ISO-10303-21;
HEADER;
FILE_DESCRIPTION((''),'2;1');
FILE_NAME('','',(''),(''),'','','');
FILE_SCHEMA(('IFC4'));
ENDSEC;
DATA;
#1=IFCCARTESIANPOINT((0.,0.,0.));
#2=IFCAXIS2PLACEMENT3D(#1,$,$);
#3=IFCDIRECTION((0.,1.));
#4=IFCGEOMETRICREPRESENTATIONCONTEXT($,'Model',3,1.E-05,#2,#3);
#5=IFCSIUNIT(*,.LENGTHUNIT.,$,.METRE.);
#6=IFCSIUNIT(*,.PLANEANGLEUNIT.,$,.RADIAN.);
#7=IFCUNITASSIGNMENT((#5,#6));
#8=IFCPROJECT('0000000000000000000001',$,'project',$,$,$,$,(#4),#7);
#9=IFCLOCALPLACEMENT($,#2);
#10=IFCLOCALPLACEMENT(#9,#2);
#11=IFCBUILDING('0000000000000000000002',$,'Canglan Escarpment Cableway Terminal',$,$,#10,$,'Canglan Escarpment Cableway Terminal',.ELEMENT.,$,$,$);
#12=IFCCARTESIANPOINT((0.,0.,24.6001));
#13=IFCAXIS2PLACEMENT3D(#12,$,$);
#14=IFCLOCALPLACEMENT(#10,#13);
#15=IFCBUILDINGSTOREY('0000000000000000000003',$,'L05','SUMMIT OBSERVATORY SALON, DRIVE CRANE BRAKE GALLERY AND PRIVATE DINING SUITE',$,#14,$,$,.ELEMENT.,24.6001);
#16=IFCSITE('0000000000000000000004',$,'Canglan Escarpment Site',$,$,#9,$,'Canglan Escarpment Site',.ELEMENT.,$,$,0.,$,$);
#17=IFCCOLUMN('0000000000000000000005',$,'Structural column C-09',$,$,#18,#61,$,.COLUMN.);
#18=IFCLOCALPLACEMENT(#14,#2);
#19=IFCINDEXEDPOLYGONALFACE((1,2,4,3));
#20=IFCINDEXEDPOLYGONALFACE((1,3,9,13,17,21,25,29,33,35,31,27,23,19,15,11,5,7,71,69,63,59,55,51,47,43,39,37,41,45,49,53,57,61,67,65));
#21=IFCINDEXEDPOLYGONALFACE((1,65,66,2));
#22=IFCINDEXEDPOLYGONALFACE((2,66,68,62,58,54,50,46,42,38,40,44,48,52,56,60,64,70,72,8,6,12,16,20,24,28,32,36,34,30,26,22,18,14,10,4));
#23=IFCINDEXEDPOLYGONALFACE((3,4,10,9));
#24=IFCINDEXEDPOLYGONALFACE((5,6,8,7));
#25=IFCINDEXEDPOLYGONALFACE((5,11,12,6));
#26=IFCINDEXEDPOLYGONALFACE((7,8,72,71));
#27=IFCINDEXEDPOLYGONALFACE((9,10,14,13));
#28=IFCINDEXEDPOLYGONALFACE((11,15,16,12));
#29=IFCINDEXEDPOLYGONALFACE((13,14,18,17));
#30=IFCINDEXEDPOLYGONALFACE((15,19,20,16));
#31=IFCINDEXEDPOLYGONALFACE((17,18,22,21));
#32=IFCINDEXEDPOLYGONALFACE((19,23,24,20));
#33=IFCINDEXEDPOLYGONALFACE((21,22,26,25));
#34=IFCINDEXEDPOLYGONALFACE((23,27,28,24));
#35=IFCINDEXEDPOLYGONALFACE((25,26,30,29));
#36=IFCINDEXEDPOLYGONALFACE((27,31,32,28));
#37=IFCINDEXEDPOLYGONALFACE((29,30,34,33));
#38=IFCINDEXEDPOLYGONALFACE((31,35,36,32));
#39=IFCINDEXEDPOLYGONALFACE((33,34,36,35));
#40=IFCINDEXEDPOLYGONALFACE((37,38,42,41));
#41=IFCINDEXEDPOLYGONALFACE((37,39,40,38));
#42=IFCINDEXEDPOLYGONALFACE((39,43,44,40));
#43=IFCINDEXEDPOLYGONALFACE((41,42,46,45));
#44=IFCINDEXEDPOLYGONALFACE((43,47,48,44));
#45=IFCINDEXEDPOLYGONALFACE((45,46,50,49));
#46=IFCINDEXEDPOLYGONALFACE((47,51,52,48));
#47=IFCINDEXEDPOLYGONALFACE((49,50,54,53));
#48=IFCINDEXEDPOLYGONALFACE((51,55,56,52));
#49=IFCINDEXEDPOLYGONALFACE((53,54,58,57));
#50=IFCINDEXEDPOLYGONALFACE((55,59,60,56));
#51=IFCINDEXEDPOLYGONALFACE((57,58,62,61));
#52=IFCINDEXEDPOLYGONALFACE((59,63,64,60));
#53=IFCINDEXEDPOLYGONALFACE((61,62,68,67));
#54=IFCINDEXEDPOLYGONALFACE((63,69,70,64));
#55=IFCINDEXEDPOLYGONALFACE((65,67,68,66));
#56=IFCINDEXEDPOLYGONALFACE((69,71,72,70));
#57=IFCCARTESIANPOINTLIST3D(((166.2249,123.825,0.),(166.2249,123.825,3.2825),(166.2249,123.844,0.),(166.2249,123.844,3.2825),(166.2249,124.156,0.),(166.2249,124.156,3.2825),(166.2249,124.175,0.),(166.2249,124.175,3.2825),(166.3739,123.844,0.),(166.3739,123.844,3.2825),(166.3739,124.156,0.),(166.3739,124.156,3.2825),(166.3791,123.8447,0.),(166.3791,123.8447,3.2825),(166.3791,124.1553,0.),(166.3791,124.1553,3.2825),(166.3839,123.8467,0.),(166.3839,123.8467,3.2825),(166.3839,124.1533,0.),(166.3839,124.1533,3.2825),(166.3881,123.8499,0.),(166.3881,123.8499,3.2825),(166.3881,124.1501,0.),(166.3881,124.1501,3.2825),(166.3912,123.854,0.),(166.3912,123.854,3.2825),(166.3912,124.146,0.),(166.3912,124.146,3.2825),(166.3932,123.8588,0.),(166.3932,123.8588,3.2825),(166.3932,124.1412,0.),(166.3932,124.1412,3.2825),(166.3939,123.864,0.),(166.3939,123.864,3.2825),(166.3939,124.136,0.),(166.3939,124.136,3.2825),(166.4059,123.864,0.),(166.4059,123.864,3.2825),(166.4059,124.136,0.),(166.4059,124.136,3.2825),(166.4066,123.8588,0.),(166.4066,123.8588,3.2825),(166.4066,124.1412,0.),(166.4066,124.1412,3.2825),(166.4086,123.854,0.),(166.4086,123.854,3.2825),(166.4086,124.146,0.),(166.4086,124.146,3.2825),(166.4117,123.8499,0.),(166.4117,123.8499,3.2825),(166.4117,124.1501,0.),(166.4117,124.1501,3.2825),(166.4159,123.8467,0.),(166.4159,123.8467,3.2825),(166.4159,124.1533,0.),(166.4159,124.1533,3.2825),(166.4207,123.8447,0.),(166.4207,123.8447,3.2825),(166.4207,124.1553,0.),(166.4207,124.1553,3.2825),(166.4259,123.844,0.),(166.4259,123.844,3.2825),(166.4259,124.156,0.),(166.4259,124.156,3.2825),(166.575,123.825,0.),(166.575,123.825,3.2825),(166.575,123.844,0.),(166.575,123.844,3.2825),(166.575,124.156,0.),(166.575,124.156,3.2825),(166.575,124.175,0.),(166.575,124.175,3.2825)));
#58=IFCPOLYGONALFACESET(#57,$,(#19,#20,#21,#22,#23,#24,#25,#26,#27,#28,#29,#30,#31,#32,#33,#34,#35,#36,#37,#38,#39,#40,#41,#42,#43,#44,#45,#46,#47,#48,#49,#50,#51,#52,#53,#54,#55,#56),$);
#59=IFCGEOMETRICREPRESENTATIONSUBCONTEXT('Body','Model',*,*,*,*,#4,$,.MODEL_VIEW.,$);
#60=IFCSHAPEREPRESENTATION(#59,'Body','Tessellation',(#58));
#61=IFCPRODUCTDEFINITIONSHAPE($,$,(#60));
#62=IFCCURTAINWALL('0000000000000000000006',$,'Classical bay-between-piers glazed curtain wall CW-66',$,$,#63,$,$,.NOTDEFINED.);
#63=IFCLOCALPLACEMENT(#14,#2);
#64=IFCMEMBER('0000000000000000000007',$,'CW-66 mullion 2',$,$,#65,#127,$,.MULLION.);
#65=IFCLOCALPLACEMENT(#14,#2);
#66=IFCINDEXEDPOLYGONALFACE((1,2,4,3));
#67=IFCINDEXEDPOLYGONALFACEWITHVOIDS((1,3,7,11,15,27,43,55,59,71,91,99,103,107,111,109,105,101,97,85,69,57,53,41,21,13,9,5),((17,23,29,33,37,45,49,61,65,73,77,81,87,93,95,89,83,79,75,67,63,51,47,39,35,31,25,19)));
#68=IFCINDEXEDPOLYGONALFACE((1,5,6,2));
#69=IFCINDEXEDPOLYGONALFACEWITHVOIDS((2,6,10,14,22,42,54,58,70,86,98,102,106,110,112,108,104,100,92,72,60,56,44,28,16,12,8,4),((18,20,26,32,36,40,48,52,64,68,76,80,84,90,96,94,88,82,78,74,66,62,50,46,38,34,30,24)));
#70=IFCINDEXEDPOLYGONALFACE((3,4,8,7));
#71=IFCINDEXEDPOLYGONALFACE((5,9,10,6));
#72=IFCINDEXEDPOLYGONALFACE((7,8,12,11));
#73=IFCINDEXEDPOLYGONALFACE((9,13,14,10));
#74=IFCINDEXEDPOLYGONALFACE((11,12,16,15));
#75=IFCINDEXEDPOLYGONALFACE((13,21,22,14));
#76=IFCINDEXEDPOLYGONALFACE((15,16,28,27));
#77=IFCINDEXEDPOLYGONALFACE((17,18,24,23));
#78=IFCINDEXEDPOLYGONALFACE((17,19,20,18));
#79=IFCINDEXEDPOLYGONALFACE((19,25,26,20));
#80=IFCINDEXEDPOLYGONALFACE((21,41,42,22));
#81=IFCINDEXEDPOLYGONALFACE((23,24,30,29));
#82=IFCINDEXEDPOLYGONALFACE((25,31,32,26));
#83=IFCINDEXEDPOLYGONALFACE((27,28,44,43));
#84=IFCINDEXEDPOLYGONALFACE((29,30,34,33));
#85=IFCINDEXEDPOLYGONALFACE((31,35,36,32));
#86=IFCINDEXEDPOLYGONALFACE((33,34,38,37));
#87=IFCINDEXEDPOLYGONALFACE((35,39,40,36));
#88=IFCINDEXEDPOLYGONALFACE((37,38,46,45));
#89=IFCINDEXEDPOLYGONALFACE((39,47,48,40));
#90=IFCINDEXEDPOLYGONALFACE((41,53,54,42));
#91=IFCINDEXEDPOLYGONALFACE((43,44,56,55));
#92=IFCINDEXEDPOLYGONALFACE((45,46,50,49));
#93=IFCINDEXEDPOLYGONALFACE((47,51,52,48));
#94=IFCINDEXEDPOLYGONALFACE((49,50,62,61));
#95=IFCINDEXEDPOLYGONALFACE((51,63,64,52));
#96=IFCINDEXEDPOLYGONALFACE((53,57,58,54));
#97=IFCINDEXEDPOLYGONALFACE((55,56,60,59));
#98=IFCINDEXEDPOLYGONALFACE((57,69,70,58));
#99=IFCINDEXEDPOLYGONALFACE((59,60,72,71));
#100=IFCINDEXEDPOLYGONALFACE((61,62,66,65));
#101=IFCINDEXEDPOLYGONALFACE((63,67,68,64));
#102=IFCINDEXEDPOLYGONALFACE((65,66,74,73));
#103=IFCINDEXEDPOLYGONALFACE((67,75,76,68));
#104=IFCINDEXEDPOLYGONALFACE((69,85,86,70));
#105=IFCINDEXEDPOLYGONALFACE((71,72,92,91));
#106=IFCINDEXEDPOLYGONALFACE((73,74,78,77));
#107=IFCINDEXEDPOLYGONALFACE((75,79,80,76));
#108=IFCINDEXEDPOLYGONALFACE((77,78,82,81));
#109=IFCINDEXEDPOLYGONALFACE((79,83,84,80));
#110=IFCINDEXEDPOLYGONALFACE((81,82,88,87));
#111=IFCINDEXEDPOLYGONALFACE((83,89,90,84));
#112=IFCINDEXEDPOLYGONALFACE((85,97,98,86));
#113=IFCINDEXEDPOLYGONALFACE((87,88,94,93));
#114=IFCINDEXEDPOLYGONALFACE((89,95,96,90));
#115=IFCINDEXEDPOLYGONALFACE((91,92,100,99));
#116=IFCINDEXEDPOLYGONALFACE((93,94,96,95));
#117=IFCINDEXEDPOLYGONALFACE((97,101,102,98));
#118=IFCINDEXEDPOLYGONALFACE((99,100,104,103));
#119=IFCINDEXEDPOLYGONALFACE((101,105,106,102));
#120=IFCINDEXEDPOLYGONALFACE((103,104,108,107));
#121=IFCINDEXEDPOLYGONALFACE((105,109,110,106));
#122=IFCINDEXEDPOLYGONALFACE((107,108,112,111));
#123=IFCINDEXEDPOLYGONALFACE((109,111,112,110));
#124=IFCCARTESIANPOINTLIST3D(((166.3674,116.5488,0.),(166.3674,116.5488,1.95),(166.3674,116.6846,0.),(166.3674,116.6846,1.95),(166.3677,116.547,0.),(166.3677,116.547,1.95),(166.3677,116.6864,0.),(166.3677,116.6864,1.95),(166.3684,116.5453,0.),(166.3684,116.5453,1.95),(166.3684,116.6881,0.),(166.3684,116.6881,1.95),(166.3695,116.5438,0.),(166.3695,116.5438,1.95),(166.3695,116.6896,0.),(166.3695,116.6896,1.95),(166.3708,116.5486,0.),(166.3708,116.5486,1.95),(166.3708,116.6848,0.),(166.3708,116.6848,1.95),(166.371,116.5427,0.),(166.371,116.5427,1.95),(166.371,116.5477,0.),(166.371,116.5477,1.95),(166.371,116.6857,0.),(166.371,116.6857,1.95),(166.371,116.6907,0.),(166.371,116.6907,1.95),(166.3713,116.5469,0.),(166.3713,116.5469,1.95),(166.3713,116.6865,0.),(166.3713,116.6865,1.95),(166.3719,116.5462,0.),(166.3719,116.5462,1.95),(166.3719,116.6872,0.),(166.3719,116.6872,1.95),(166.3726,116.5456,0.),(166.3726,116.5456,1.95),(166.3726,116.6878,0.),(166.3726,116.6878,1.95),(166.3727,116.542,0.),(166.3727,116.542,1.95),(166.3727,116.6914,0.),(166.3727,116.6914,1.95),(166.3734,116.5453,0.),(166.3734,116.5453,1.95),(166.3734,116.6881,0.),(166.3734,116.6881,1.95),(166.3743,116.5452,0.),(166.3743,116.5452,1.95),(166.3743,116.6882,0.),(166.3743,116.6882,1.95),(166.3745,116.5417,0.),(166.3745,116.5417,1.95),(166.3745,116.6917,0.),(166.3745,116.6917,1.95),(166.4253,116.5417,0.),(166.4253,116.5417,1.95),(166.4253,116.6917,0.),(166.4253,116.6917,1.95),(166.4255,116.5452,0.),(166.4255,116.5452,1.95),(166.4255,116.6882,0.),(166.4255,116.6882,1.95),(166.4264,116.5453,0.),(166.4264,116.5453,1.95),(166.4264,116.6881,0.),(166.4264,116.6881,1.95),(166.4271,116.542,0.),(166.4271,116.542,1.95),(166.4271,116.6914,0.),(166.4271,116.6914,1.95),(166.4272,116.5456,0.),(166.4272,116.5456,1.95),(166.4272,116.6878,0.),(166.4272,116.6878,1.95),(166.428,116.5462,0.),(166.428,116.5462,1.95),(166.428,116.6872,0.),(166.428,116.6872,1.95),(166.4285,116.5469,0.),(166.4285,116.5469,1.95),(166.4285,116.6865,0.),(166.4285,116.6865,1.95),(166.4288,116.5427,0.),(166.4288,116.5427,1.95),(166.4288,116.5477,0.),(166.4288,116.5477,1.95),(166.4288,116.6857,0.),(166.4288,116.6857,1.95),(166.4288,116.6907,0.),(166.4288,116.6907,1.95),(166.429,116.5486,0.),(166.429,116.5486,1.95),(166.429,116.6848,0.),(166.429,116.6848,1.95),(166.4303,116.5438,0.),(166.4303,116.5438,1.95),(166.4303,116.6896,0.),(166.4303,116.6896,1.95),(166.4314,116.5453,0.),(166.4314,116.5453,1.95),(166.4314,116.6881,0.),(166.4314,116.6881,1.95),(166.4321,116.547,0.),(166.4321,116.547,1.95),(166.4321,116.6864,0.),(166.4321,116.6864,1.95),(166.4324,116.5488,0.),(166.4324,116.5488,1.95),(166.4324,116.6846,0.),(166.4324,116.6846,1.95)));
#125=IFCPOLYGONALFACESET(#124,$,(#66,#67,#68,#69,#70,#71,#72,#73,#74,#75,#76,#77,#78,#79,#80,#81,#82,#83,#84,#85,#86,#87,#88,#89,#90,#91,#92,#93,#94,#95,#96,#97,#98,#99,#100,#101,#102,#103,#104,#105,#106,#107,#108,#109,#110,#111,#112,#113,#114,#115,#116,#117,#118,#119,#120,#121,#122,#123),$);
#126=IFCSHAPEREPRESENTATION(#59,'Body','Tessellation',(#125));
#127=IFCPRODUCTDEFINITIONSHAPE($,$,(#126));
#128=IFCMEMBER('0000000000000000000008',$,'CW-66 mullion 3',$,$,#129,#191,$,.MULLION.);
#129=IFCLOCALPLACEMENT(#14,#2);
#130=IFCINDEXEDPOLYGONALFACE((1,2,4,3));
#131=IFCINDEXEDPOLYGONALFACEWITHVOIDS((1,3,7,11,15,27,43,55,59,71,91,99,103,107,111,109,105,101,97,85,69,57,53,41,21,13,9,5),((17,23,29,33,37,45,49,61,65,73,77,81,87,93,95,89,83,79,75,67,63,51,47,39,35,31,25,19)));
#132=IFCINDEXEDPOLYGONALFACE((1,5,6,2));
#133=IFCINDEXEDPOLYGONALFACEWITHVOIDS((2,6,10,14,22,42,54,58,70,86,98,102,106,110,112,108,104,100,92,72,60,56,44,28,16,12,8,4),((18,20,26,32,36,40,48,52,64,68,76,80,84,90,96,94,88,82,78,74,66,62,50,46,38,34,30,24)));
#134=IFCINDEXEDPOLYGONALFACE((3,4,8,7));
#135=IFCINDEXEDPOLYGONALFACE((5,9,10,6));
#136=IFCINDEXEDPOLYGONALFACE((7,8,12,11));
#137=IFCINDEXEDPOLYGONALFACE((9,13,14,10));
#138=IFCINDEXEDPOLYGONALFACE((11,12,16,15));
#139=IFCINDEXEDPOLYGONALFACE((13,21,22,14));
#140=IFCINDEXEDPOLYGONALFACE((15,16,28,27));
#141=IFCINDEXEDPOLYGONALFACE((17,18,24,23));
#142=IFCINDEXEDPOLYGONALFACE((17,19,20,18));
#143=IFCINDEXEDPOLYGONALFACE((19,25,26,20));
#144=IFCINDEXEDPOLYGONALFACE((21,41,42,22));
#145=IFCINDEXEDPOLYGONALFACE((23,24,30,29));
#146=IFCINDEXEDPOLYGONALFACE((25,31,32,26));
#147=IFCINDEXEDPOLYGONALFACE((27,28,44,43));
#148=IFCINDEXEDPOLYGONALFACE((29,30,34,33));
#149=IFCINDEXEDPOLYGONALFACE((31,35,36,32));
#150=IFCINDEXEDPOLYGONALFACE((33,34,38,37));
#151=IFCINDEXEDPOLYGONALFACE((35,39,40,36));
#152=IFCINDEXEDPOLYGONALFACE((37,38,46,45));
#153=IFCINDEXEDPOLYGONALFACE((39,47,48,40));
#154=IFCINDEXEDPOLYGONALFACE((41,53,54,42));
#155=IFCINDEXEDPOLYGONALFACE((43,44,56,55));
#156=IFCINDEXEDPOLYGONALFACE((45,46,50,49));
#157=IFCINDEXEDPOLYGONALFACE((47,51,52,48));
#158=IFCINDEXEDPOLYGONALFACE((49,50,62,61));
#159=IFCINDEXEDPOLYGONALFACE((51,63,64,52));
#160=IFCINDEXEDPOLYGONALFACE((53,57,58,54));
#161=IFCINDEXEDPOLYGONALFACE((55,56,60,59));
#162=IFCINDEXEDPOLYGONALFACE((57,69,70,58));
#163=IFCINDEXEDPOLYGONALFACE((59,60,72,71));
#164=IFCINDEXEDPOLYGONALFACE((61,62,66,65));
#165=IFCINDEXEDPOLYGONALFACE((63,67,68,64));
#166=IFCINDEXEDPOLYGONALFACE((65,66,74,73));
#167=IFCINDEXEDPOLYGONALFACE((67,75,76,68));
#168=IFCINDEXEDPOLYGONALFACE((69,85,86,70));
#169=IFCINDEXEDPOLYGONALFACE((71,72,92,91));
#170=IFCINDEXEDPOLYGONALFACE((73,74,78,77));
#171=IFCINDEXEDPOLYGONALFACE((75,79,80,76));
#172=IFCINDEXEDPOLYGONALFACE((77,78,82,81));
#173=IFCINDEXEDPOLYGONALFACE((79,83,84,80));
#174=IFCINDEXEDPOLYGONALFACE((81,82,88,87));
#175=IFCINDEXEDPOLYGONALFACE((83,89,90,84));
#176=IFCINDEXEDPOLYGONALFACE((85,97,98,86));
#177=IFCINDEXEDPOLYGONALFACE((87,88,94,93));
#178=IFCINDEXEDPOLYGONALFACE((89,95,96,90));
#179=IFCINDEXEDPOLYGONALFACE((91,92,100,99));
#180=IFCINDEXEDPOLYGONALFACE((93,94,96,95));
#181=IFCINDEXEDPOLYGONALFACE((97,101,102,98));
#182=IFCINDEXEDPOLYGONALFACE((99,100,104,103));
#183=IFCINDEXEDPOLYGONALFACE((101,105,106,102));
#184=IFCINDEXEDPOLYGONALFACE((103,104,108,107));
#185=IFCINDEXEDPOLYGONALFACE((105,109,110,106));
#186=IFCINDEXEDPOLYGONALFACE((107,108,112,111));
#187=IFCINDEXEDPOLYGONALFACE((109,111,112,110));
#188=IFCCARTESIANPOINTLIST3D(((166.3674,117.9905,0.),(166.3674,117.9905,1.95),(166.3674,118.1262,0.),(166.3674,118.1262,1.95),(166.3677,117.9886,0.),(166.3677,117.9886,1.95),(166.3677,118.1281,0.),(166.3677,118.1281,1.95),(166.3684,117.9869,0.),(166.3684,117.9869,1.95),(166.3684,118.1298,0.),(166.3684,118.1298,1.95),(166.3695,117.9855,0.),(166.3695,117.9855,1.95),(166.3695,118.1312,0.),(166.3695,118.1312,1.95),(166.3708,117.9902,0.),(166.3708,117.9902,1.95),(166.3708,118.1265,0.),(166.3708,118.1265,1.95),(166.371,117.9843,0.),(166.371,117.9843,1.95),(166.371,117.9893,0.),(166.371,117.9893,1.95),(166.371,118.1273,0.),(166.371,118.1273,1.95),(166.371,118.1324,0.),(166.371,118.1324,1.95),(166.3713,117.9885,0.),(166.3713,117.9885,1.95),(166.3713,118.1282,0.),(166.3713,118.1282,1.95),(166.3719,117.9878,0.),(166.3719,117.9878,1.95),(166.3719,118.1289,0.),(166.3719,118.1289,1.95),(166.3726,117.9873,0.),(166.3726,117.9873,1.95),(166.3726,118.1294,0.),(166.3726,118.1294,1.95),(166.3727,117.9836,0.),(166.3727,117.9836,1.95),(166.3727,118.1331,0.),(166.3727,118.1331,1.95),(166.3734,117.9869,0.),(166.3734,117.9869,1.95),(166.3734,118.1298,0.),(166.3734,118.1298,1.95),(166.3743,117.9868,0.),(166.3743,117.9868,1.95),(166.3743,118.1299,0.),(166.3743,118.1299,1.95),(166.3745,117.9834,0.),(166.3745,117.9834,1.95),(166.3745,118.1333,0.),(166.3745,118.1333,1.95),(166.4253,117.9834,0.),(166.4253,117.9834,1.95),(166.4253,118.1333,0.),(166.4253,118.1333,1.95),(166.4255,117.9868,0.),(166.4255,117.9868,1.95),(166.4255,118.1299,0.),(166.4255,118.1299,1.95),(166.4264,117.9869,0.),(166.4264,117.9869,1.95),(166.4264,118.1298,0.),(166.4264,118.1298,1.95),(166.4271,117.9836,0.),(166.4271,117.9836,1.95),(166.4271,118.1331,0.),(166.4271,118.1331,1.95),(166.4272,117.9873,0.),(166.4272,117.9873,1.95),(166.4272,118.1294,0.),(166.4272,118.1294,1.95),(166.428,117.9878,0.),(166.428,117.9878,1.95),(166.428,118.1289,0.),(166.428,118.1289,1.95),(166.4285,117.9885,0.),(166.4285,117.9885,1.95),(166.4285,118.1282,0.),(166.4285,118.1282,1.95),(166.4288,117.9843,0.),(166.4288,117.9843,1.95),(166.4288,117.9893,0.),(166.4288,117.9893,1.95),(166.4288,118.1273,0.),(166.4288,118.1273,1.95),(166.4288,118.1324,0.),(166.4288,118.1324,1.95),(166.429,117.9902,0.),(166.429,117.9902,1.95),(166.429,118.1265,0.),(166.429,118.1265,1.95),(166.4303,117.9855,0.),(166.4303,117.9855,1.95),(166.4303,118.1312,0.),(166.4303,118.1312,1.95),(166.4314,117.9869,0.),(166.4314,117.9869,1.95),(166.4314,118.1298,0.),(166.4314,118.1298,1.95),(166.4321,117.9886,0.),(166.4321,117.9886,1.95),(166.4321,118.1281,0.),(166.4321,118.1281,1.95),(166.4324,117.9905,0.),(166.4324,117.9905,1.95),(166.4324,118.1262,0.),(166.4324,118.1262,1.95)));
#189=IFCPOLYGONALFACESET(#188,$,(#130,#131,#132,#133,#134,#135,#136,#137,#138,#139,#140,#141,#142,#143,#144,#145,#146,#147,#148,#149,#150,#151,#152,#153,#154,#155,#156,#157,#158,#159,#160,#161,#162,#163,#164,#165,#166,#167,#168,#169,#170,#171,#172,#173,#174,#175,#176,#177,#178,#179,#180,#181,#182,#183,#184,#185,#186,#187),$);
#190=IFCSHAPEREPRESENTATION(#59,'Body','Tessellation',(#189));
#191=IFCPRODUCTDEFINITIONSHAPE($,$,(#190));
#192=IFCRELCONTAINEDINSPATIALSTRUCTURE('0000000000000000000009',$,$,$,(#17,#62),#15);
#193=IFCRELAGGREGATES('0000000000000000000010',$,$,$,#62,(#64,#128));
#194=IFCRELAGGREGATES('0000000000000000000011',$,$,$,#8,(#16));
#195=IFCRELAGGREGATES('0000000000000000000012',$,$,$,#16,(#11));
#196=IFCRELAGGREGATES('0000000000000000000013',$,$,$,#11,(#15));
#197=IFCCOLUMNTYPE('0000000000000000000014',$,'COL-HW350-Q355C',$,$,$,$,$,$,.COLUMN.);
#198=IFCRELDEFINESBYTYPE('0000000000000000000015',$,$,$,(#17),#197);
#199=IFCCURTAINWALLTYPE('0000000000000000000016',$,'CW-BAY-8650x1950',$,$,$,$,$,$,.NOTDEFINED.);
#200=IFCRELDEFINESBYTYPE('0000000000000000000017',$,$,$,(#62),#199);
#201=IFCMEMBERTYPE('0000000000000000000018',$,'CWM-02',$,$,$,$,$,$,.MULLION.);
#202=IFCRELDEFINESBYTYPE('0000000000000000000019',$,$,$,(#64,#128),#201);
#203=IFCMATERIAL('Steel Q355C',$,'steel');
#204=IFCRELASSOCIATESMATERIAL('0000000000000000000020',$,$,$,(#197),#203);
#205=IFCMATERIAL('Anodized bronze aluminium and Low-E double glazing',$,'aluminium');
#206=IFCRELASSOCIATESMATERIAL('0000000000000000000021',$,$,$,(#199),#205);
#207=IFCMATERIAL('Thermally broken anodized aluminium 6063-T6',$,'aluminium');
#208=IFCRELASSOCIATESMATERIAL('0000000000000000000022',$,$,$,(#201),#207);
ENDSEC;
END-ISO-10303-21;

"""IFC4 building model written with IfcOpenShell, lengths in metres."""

from ifc_helpers import new_model, si_unit, direction, frame, origin, origin_2d, place, context, subcontext, project, spatial, hollow_rectangle, i_section, extrude, material, material_profile, profile_set, type_object, element, aggregate, save


model = new_model("IFC4")

# Units and contexts
model_context = context("Model", 3, precision=1e-05, world=origin(), true_north=direction((0.0, 1.0)))
body_context = subcontext(model_context, "Body", "Model", "MODEL_VIEW")
ifc_project = project(units=[si_unit("LENGTHUNIT", "METRE"), si_unit("PLANEANGLEUNIT", "RADIAN")], contexts=[model_context])

# Site, building, storey
site_placement = place(None, origin())
site = spatial("IfcSite", under=ifc_project, at=site_placement, Name="Canglan Escarpment Site", LongName="Canglan Escarpment Site", CompositionType="ELEMENT", RefElevation=0.0)
building_placement = place(site_placement, origin())
building = spatial("IfcBuilding", under=site, at=building_placement, Name="Canglan Escarpment Cableway Terminal", LongName="Canglan Escarpment Cableway Terminal", CompositionType="ELEMENT")
storey_placement = place(building_placement, frame((0.0, 0.0, 24.6001)))
storey = spatial("IfcBuildingStorey", under=building, at=storey_placement, Name="L05", Description="SUMMIT OBSERVATORY SALON, DRIVE CRANE BRAKE GALLERY AND PRIVATE DINING SUITE", CompositionType="ELEMENT", Elevation=24.6001)

# Column
ifc_material_1 = material(Name="Steel Q355C", Category="steel")
ifc_material_profile_1 = material_profile(ifc_material_1, i_section(OverallWidth=0.3501, OverallDepth=0.3501, WebThickness=0.012, FlangeThickness=0.019, FilletRadius=0.02, at=origin_2d()), Name="HW 350x350x12x19")
ifc_profile_set_1 = profile_set([ifc_material_profile_1], Name="Steel Q355C")
column_type = type_object("IfcColumnType", Name="COL-HW350-Q355C", PredefinedType="COLUMN", material=ifc_profile_set_1)
column_placement = place(storey_placement, frame((166.3999, 124.0, 0.0), z_axis=(0.0, 0.0, 1.0), x_axis=(1.0, 0.0, 0.0)))
element("IfcColumn", 1, at=column_placement, inside=storey, type_object=column_type, Name="Structural column C-09", PredefinedType="COLUMN", context=body_context, shape_type="SweptSolid", body=[
    extrude(i_section(OverallWidth=0.3501, OverallDepth=0.3501, WebThickness=0.012, FlangeThickness=0.019, FilletRadius=0.02, at=origin_2d()), origin(), (0.0, 0.0, 1.0), 3.2825),
])

# Curtain wall, members
ifc_material_2 = material(Name="Anodized bronze aluminium and Low-E double glazing", Category="aluminium")
curtain_wall_type = type_object("IfcCurtainWallType", Name="CW-BAY-8650x1950", PredefinedType="NOTDEFINED", material=ifc_material_2)
curtain_wall_placement = place(storey_placement, origin())
curtain_wall = element("IfcCurtainWall", 2, at=curtain_wall_placement, inside=storey, type_object=curtain_wall_type, Name="Classical bay-between-piers glazed curtain wall CW-66", PredefinedType="NOTDEFINED")
ifc_material_3 = material(Name="Thermally broken anodized aluminium 6063-T6", Category="aluminium")
ifc_material_profile_2 = material_profile(ifc_material_3, hollow_rectangle(XDim=0.0649, YDim=0.1499, WallThickness=0.0034, InnerFilletRadius=0.0034, OuterFilletRadius=0.0071, at=origin_2d()), Name="ALU-MULL 65x150x3.5")
ifc_profile_set_2 = profile_set([ifc_material_profile_2], Name="Thermally broken anodized aluminium 6063-T6")
member_type_1 = type_object("IfcMemberType", Name="CWM-02", PredefinedType="MULLION", material=ifc_profile_set_2)
member_1_placement = place(storey_placement, frame((166.3999, 116.6167, 0.0), z_axis=(0.0, 0.0, 1.0), x_axis=(-1.0, 0.0, 0.0)))
member_1 = element("IfcMember", 3, at=member_1_placement, type_object=member_type_1, Name="CW-66 mullion 2", PredefinedType="MULLION", context=body_context, shape_type="SweptSolid", body=[
    extrude(hollow_rectangle(XDim=0.0649, YDim=0.1499, WallThickness=0.0034, InnerFilletRadius=0.0034, OuterFilletRadius=0.0071, at=origin_2d()), origin(), (0.0, 0.0, 1.0), 1.95),
])
member_2_placement = place(storey_placement, frame((166.3999, 118.0583, 0.0), z_axis=(0.0, 0.0, 1.0), x_axis=(-1.0, 0.0, 0.0)))
member_2 = element("IfcMember", 4, at=member_2_placement, type_object=member_type_1, Name="CW-66 mullion 3", PredefinedType="MULLION", context=body_context, shape_type="SweptSolid", body=[
    extrude(hollow_rectangle(XDim=0.0649, YDim=0.1499, WallThickness=0.0034, InnerFilletRadius=0.0034, OuterFilletRadius=0.0071, at=origin_2d()), origin(), (0.0, 0.0, 1.0), 1.95),
])

aggregate(curtain_wall, [member_1, member_2])

save(model, "model.ifc")
